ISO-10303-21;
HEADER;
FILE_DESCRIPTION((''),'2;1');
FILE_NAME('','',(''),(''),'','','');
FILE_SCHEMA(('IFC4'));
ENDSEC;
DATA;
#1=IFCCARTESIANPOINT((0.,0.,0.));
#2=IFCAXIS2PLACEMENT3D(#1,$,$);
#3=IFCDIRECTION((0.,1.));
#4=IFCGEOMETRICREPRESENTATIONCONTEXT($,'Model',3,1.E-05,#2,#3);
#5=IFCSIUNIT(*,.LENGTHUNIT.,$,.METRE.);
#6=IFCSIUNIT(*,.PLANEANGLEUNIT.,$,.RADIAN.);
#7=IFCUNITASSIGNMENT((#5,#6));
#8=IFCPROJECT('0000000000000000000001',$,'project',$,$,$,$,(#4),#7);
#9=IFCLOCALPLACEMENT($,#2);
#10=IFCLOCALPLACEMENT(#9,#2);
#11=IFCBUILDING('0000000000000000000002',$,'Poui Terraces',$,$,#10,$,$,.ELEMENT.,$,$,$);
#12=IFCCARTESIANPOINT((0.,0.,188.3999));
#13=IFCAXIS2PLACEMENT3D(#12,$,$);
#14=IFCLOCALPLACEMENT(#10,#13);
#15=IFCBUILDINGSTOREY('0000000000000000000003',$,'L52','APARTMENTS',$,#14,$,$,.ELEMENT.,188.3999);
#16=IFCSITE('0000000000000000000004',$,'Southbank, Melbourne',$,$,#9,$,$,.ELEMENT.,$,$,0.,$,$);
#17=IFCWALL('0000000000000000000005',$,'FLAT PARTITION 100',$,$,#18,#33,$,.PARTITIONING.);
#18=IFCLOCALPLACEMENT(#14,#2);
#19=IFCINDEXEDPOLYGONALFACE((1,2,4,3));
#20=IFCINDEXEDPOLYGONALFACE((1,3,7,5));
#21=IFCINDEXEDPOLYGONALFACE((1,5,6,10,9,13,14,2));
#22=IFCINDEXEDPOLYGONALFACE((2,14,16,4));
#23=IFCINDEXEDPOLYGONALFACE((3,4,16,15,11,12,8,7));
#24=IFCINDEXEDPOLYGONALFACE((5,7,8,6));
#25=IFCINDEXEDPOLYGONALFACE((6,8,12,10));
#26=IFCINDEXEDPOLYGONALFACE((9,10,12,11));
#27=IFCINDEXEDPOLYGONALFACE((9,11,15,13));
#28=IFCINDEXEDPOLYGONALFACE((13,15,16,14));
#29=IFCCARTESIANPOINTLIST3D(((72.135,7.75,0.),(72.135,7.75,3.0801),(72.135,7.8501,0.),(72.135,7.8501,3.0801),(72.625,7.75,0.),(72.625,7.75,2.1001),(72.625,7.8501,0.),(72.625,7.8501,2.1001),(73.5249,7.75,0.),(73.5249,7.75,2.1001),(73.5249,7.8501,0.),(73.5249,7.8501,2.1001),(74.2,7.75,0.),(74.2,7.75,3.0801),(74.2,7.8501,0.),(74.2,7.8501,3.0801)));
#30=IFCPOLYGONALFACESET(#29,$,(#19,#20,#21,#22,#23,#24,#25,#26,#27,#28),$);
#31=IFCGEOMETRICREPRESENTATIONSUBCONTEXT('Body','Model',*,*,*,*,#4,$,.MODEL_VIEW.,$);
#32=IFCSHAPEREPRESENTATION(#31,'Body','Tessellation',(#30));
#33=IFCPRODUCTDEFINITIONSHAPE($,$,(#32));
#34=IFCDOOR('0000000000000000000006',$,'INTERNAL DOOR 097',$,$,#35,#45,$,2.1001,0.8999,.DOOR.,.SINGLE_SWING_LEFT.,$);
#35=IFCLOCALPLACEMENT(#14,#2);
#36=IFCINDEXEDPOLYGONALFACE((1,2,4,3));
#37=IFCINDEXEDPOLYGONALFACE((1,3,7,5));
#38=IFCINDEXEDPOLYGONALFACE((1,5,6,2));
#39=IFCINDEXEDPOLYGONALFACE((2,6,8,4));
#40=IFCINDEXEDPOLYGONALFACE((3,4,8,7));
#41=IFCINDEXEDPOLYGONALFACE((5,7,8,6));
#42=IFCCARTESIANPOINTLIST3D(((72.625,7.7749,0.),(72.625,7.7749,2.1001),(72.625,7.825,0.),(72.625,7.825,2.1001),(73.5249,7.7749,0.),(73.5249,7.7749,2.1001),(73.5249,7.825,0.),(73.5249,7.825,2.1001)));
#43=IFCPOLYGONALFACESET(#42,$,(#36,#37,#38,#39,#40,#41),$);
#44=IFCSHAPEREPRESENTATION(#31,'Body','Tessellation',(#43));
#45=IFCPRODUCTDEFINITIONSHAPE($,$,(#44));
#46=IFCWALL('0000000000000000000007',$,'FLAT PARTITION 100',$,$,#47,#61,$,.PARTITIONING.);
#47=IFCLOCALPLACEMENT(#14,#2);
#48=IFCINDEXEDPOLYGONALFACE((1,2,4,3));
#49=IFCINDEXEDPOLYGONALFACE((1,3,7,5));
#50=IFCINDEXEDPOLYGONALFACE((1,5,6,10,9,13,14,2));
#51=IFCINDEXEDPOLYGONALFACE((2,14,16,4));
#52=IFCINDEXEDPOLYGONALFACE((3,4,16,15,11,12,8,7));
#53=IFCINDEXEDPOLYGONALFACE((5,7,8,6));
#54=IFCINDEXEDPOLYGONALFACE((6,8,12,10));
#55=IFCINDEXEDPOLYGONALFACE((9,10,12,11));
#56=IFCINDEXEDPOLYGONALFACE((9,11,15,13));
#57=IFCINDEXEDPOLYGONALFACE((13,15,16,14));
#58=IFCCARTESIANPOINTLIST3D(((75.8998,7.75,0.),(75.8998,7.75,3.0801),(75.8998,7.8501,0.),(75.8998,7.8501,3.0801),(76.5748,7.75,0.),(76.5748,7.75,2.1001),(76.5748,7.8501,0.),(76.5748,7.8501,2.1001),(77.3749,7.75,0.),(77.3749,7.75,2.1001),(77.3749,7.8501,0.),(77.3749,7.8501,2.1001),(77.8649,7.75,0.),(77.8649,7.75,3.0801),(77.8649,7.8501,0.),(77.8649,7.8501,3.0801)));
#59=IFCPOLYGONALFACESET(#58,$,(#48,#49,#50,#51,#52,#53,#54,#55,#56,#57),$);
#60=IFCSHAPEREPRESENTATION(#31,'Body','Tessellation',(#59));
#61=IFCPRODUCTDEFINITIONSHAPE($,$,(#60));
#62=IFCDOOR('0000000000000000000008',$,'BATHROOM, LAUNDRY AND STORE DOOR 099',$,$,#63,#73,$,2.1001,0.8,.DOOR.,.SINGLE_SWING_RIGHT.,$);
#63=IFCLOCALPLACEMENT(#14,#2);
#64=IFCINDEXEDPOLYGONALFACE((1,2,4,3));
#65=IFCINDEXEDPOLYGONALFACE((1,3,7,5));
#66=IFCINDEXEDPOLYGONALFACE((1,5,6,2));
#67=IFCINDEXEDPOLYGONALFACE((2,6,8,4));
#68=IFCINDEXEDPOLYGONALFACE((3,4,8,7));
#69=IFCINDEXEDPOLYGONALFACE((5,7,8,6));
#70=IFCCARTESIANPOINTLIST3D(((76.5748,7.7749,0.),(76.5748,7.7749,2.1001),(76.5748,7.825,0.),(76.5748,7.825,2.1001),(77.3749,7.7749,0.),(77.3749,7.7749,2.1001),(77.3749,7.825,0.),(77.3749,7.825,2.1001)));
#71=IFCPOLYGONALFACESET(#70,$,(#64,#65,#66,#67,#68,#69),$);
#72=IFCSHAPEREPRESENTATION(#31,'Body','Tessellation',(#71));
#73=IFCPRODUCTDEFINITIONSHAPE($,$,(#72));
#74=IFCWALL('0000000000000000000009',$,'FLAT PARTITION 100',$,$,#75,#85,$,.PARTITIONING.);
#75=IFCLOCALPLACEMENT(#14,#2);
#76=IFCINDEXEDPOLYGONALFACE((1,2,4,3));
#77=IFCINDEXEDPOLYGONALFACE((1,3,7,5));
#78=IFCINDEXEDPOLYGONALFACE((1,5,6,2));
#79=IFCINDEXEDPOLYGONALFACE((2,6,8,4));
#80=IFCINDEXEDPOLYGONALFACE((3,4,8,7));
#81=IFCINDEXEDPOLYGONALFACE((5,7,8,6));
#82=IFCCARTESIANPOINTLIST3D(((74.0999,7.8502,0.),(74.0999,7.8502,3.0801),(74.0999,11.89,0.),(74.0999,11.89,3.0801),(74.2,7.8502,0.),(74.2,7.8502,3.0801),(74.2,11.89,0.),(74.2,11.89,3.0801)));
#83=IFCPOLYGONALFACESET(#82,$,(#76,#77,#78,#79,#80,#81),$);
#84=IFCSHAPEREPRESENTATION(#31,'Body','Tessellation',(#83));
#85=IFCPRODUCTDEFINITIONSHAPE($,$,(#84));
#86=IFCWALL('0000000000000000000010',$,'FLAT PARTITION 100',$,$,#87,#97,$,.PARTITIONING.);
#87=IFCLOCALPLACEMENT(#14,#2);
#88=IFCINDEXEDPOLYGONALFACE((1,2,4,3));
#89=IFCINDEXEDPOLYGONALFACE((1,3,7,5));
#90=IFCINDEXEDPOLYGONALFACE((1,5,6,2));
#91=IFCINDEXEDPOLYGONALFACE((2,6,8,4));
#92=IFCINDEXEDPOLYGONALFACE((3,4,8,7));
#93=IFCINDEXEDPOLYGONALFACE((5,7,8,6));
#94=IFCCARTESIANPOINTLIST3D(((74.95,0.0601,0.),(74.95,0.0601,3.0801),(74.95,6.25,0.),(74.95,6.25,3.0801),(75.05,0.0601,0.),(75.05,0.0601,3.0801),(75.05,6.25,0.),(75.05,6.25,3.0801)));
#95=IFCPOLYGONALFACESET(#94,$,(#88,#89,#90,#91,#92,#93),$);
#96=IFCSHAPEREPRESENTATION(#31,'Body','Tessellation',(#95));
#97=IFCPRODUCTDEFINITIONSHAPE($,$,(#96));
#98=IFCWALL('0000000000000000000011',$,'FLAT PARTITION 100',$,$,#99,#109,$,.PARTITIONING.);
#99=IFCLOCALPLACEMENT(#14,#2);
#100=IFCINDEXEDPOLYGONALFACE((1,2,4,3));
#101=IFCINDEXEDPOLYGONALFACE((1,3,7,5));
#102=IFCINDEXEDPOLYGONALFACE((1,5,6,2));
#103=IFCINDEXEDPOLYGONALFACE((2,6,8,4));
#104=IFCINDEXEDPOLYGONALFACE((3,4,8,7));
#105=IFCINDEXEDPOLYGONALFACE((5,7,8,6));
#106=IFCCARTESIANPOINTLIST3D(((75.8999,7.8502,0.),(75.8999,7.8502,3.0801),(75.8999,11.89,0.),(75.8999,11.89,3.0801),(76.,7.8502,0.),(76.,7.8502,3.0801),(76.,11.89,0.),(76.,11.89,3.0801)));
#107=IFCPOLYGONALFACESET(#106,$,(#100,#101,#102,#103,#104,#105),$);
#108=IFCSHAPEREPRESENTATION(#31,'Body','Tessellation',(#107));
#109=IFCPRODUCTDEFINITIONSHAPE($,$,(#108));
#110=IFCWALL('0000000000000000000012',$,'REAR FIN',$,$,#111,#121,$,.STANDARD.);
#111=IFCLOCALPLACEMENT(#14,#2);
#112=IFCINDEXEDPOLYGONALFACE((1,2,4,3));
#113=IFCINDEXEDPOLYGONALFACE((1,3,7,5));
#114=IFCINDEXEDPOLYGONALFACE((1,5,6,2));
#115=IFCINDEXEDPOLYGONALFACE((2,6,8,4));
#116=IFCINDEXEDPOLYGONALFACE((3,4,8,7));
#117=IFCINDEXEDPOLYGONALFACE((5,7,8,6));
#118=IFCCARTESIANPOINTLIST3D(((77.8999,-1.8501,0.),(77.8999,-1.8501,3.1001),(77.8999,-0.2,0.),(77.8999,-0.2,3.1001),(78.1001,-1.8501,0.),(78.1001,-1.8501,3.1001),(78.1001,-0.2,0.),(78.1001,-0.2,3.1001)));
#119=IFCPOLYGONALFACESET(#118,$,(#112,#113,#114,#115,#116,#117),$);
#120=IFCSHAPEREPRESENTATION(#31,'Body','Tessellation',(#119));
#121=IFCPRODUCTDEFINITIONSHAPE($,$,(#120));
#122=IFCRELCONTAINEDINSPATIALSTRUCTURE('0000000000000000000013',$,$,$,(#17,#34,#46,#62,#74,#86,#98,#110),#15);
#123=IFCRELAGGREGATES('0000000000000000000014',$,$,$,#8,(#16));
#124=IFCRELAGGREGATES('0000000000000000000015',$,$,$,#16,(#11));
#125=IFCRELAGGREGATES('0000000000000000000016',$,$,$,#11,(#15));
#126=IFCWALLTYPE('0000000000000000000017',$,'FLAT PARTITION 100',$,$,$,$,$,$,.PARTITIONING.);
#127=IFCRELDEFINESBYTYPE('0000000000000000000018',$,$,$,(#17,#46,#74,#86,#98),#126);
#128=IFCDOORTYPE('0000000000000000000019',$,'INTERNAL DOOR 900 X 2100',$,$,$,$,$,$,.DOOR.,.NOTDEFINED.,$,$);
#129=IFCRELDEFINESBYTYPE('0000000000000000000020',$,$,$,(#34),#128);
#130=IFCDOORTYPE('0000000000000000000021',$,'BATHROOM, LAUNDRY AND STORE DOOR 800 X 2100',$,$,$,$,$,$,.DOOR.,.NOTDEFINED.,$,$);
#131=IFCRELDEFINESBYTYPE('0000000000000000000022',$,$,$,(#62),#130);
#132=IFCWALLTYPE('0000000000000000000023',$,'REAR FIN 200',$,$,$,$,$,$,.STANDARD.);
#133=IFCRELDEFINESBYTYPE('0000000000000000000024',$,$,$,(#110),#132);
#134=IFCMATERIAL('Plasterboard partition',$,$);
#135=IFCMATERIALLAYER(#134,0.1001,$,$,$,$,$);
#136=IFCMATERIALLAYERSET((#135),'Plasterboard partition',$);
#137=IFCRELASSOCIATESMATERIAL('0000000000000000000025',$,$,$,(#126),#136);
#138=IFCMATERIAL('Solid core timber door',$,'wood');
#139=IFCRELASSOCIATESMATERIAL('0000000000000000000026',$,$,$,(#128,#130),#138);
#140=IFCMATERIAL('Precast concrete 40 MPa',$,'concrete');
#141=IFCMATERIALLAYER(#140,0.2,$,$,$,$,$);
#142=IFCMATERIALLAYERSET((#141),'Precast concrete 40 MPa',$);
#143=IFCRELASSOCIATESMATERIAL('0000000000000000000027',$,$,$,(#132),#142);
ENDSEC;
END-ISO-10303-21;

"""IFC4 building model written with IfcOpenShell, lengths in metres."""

from ifc_helpers import new_model, si_unit, direction, frame, frame_2d, origin, place, context, subcontext, project, spatial, polyline, rectangle, outline, extrude, source, transform, mapped, material, layer, layer_set, type_object, element, fill, save


model = new_model("IFC4")

# Units and contexts
model_context = context("Model", 3, precision=1e-05, world=origin(), true_north=direction((0.0, 1.0)))
body_context = subcontext(model_context, "Body", "Model", "MODEL_VIEW")
ifc_project = project(units=[si_unit("LENGTHUNIT", "METRE"), si_unit("PLANEANGLEUNIT", "RADIAN")], contexts=[model_context])

# Site, building, storey
site_placement = place(None, origin())
site = spatial("IfcSite", under=ifc_project, at=site_placement, Name="Southbank, Melbourne", CompositionType="ELEMENT", RefElevation=0.0)
building_placement = place(site_placement, origin())
building = spatial("IfcBuilding", under=site, at=building_placement, Name="Poui Terraces", CompositionType="ELEMENT")
storey_placement = place(building_placement, frame((0.0, 0.0, 188.3999)))
storey = spatial("IfcBuildingStorey", under=building, at=storey_placement, Name="L52", Description="APARTMENTS", CompositionType="ELEMENT", Elevation=188.3999)

# Walls, openings, doors
ifc_material_1 = material(Name="Plasterboard partition")
ifc_layer_1 = layer(ifc_material_1, 0.1001)
ifc_layer_set_1 = layer_set([ifc_layer_1], Name="Plasterboard partition")
wall_type_1 = type_object("IfcWallType", Name="FLAT PARTITION 100", PredefinedType="PARTITIONING", material=ifc_layer_set_1)
ifc_material_2 = material(Name="Solid core timber door", Category="wood")
door_type_1 = type_object("IfcDoorType", Name="INTERNAL DOOR 900 X 2100", OperationType="NOTDEFINED", PredefinedType="DOOR", material=ifc_material_2)
wall_1_placement = place(storey_placement, frame((72.135, 7.8, 0.0), z_axis=(0.0, 0.0, 1.0), x_axis=(1.0, 0.0, 0.0)))
wall_1 = element("IfcWall", 1, at=wall_1_placement, inside=storey, type_object=wall_type_1, Name="FLAT PARTITION 100", PredefinedType="PARTITIONING", context=body_context, shape_type="SweptSolid", body=[
    extrude(rectangle(XDim=2.0649, YDim=0.1001, at=frame_2d((1.0325, 0.0))), origin(), (0.0, 0.0, 1.0), 3.0801),
])
opening_1_placement = place(wall_1_placement, frame((0.49, 0.0, 0.0)))
opening_1 = element("IfcOpeningElement", 2, at=opening_1_placement, cuts=wall_1, PredefinedType="OPENING", context=body_context, shape_type="SweptSolid", body=[
    extrude(rectangle(XDim=0.8999, YDim=2.1001, at=frame_2d((0.45, 1.05))), frame((0.0, 0.0601, 0.0), z_axis=(0.0, -1.0, 0.0), x_axis=(1.0, 0.0, 0.0)), (0.0, 0.0, 1.0), 0.1201),
])
door_1_placement = place(opening_1_placement, origin())
door_1 = element("IfcDoor", 3, at=door_1_placement, inside=storey, type_object=door_type_1, Name="INTERNAL DOOR 097", OperationType="SINGLE_SWING_LEFT", OverallHeight=2.1001, OverallWidth=0.8999, PredefinedType="DOOR", context=body_context, shape_type="SweptSolid", body=[
    extrude(rectangle(XDim=0.8999, YDim=2.1001, at=frame_2d((0.45, 1.05))), frame((0.0, 0.0249, 0.0), z_axis=(0.0, -1.0, 0.0), x_axis=(1.0, 0.0, 0.0)), (0.0, 0.0, 1.0), 0.05),
])
fill(opening_1, door_1)
wall_2_placement = place(storey_placement, frame((75.8999, 7.8, 0.0), z_axis=(0.0, 0.0, 1.0), x_axis=(1.0, 0.0, 0.0)))
wall_2 = element("IfcWall", 4, at=wall_2_placement, inside=storey, type_object=wall_type_1, Name="FLAT PARTITION 100", PredefinedType="PARTITIONING", context=body_context, shape_type="SweptSolid", body=[
    extrude(rectangle(XDim=1.9651, YDim=0.1001, at=frame_2d((0.9824, 0.0))), origin(), (0.0, 0.0, 1.0), 3.0801),
])
opening_2_placement = place(wall_2_placement, frame((0.675, 0.0, 0.0)))
opening_2 = element("IfcOpeningElement", 5, at=opening_2_placement, cuts=wall_2, PredefinedType="OPENING", context=body_context, shape_type="SweptSolid", body=[
    extrude(rectangle(XDim=0.8, YDim=2.1001, at=frame_2d((0.3999, 1.05))), frame((0.0, 0.0601, 0.0), z_axis=(0.0, -1.0, 0.0), x_axis=(1.0, 0.0, 0.0)), (0.0, 0.0, 1.0), 0.1201),
])
door_type_2 = type_object("IfcDoorType", Name="BATHROOM, LAUNDRY AND STORE DOOR 800 X 2100", OperationType="NOTDEFINED", PredefinedType="DOOR", material=ifc_material_2)
door_2_placement = place(opening_2_placement, origin())
door_2 = element("IfcDoor", 6, at=door_2_placement, inside=storey, type_object=door_type_2, Name="BATHROOM, LAUNDRY AND STORE DOOR 099", OperationType="SINGLE_SWING_RIGHT", OverallHeight=2.1001, OverallWidth=0.8, PredefinedType="DOOR", context=body_context, shape_type="SweptSolid", body=[
    extrude(rectangle(XDim=0.8, YDim=2.1001, at=frame_2d((0.3999, 1.05))), frame((0.0, 0.0249, 0.0), z_axis=(0.0, -1.0, 0.0), x_axis=(1.0, 0.0, 0.0)), (0.0, 0.0, 1.0), 0.05),
])
fill(opening_2, door_2)

# Walls
wall_3_placement = place(storey_placement, frame((74.1499, 7.8501, 0.0), z_axis=(0.0, 0.0, 1.0), x_axis=(0.0, 1.0, 0.0)))
element("IfcWall", 7, at=wall_3_placement, inside=storey, type_object=wall_type_1, Name="FLAT PARTITION 100", PredefinedType="PARTITIONING", context=body_context, shape_type="SweptSolid", body=[
    extrude(rectangle(XDim=4.0398, YDim=0.1001, at=frame_2d((2.02, 0.0))), origin(), (0.0, 0.0, 1.0), 3.0801),
])
wall_4_placement = place(storey_placement, frame((75.0, 0.0601, 0.0), z_axis=(0.0, 0.0, 1.0), x_axis=(0.0, 1.0, 0.0)))
element("IfcWall", 8, at=wall_4_placement, inside=storey, type_object=wall_type_1, Name="FLAT PARTITION 100", PredefinedType="PARTITIONING", context=body_context, shape_type="SweptSolid", body=[
    extrude(rectangle(XDim=6.1899, YDim=0.1001, at=frame_2d((3.095, 0.0))), origin(), (0.0, 0.0, 1.0), 3.0801),
])
wall_5_placement = place(storey_placement, frame((75.95, 7.8501, 0.0), z_axis=(0.0, 0.0, 1.0), x_axis=(0.0, 1.0, 0.0)))
element("IfcWall", 9, at=wall_5_placement, inside=storey, type_object=wall_type_1, Name="FLAT PARTITION 100", PredefinedType="PARTITIONING", context=body_context, shape_type="SweptSolid", body=[
    extrude(rectangle(XDim=4.0398, YDim=0.1001, at=frame_2d((2.02, 0.0))), origin(), (0.0, 0.0, 1.0), 3.0801),
])
ifc_material_3 = material(Name="Precast concrete 40 MPa", Category="concrete")
ifc_layer_2 = layer(ifc_material_3, 0.2)
ifc_layer_set_2 = layer_set([ifc_layer_2], Name="Precast concrete 40 MPa")
wall_type_2 = type_object("IfcWallType", Name="REAR FIN 200", PredefinedType="STANDARD", material=ifc_layer_set_2)
shared_shape_1 = source(origin(), body_context, "Body", "SweptSolid", [
    extrude(outline(polyline([(0.0, 0.0), (0.2002, 0.0), (0.2002, 1.6501), (0.0, 1.6501), (0.0, 0.0)])), origin(), (0.0, 0.0, 1.0), 3.1001),
])
wall_6_placement = place(storey_placement, frame((77.8999, -1.8501, 0.0)))
element("IfcWall", 10, at=wall_6_placement, inside=storey, type_object=wall_type_2, Name="REAR FIN", PredefinedType="STANDARD", context=body_context, shape_type="MappedRepresentation", body=[
    mapped(shared_shape_1, transform((0.0, 0.0, 0.0))),
])

save(model, "model.ifc")
